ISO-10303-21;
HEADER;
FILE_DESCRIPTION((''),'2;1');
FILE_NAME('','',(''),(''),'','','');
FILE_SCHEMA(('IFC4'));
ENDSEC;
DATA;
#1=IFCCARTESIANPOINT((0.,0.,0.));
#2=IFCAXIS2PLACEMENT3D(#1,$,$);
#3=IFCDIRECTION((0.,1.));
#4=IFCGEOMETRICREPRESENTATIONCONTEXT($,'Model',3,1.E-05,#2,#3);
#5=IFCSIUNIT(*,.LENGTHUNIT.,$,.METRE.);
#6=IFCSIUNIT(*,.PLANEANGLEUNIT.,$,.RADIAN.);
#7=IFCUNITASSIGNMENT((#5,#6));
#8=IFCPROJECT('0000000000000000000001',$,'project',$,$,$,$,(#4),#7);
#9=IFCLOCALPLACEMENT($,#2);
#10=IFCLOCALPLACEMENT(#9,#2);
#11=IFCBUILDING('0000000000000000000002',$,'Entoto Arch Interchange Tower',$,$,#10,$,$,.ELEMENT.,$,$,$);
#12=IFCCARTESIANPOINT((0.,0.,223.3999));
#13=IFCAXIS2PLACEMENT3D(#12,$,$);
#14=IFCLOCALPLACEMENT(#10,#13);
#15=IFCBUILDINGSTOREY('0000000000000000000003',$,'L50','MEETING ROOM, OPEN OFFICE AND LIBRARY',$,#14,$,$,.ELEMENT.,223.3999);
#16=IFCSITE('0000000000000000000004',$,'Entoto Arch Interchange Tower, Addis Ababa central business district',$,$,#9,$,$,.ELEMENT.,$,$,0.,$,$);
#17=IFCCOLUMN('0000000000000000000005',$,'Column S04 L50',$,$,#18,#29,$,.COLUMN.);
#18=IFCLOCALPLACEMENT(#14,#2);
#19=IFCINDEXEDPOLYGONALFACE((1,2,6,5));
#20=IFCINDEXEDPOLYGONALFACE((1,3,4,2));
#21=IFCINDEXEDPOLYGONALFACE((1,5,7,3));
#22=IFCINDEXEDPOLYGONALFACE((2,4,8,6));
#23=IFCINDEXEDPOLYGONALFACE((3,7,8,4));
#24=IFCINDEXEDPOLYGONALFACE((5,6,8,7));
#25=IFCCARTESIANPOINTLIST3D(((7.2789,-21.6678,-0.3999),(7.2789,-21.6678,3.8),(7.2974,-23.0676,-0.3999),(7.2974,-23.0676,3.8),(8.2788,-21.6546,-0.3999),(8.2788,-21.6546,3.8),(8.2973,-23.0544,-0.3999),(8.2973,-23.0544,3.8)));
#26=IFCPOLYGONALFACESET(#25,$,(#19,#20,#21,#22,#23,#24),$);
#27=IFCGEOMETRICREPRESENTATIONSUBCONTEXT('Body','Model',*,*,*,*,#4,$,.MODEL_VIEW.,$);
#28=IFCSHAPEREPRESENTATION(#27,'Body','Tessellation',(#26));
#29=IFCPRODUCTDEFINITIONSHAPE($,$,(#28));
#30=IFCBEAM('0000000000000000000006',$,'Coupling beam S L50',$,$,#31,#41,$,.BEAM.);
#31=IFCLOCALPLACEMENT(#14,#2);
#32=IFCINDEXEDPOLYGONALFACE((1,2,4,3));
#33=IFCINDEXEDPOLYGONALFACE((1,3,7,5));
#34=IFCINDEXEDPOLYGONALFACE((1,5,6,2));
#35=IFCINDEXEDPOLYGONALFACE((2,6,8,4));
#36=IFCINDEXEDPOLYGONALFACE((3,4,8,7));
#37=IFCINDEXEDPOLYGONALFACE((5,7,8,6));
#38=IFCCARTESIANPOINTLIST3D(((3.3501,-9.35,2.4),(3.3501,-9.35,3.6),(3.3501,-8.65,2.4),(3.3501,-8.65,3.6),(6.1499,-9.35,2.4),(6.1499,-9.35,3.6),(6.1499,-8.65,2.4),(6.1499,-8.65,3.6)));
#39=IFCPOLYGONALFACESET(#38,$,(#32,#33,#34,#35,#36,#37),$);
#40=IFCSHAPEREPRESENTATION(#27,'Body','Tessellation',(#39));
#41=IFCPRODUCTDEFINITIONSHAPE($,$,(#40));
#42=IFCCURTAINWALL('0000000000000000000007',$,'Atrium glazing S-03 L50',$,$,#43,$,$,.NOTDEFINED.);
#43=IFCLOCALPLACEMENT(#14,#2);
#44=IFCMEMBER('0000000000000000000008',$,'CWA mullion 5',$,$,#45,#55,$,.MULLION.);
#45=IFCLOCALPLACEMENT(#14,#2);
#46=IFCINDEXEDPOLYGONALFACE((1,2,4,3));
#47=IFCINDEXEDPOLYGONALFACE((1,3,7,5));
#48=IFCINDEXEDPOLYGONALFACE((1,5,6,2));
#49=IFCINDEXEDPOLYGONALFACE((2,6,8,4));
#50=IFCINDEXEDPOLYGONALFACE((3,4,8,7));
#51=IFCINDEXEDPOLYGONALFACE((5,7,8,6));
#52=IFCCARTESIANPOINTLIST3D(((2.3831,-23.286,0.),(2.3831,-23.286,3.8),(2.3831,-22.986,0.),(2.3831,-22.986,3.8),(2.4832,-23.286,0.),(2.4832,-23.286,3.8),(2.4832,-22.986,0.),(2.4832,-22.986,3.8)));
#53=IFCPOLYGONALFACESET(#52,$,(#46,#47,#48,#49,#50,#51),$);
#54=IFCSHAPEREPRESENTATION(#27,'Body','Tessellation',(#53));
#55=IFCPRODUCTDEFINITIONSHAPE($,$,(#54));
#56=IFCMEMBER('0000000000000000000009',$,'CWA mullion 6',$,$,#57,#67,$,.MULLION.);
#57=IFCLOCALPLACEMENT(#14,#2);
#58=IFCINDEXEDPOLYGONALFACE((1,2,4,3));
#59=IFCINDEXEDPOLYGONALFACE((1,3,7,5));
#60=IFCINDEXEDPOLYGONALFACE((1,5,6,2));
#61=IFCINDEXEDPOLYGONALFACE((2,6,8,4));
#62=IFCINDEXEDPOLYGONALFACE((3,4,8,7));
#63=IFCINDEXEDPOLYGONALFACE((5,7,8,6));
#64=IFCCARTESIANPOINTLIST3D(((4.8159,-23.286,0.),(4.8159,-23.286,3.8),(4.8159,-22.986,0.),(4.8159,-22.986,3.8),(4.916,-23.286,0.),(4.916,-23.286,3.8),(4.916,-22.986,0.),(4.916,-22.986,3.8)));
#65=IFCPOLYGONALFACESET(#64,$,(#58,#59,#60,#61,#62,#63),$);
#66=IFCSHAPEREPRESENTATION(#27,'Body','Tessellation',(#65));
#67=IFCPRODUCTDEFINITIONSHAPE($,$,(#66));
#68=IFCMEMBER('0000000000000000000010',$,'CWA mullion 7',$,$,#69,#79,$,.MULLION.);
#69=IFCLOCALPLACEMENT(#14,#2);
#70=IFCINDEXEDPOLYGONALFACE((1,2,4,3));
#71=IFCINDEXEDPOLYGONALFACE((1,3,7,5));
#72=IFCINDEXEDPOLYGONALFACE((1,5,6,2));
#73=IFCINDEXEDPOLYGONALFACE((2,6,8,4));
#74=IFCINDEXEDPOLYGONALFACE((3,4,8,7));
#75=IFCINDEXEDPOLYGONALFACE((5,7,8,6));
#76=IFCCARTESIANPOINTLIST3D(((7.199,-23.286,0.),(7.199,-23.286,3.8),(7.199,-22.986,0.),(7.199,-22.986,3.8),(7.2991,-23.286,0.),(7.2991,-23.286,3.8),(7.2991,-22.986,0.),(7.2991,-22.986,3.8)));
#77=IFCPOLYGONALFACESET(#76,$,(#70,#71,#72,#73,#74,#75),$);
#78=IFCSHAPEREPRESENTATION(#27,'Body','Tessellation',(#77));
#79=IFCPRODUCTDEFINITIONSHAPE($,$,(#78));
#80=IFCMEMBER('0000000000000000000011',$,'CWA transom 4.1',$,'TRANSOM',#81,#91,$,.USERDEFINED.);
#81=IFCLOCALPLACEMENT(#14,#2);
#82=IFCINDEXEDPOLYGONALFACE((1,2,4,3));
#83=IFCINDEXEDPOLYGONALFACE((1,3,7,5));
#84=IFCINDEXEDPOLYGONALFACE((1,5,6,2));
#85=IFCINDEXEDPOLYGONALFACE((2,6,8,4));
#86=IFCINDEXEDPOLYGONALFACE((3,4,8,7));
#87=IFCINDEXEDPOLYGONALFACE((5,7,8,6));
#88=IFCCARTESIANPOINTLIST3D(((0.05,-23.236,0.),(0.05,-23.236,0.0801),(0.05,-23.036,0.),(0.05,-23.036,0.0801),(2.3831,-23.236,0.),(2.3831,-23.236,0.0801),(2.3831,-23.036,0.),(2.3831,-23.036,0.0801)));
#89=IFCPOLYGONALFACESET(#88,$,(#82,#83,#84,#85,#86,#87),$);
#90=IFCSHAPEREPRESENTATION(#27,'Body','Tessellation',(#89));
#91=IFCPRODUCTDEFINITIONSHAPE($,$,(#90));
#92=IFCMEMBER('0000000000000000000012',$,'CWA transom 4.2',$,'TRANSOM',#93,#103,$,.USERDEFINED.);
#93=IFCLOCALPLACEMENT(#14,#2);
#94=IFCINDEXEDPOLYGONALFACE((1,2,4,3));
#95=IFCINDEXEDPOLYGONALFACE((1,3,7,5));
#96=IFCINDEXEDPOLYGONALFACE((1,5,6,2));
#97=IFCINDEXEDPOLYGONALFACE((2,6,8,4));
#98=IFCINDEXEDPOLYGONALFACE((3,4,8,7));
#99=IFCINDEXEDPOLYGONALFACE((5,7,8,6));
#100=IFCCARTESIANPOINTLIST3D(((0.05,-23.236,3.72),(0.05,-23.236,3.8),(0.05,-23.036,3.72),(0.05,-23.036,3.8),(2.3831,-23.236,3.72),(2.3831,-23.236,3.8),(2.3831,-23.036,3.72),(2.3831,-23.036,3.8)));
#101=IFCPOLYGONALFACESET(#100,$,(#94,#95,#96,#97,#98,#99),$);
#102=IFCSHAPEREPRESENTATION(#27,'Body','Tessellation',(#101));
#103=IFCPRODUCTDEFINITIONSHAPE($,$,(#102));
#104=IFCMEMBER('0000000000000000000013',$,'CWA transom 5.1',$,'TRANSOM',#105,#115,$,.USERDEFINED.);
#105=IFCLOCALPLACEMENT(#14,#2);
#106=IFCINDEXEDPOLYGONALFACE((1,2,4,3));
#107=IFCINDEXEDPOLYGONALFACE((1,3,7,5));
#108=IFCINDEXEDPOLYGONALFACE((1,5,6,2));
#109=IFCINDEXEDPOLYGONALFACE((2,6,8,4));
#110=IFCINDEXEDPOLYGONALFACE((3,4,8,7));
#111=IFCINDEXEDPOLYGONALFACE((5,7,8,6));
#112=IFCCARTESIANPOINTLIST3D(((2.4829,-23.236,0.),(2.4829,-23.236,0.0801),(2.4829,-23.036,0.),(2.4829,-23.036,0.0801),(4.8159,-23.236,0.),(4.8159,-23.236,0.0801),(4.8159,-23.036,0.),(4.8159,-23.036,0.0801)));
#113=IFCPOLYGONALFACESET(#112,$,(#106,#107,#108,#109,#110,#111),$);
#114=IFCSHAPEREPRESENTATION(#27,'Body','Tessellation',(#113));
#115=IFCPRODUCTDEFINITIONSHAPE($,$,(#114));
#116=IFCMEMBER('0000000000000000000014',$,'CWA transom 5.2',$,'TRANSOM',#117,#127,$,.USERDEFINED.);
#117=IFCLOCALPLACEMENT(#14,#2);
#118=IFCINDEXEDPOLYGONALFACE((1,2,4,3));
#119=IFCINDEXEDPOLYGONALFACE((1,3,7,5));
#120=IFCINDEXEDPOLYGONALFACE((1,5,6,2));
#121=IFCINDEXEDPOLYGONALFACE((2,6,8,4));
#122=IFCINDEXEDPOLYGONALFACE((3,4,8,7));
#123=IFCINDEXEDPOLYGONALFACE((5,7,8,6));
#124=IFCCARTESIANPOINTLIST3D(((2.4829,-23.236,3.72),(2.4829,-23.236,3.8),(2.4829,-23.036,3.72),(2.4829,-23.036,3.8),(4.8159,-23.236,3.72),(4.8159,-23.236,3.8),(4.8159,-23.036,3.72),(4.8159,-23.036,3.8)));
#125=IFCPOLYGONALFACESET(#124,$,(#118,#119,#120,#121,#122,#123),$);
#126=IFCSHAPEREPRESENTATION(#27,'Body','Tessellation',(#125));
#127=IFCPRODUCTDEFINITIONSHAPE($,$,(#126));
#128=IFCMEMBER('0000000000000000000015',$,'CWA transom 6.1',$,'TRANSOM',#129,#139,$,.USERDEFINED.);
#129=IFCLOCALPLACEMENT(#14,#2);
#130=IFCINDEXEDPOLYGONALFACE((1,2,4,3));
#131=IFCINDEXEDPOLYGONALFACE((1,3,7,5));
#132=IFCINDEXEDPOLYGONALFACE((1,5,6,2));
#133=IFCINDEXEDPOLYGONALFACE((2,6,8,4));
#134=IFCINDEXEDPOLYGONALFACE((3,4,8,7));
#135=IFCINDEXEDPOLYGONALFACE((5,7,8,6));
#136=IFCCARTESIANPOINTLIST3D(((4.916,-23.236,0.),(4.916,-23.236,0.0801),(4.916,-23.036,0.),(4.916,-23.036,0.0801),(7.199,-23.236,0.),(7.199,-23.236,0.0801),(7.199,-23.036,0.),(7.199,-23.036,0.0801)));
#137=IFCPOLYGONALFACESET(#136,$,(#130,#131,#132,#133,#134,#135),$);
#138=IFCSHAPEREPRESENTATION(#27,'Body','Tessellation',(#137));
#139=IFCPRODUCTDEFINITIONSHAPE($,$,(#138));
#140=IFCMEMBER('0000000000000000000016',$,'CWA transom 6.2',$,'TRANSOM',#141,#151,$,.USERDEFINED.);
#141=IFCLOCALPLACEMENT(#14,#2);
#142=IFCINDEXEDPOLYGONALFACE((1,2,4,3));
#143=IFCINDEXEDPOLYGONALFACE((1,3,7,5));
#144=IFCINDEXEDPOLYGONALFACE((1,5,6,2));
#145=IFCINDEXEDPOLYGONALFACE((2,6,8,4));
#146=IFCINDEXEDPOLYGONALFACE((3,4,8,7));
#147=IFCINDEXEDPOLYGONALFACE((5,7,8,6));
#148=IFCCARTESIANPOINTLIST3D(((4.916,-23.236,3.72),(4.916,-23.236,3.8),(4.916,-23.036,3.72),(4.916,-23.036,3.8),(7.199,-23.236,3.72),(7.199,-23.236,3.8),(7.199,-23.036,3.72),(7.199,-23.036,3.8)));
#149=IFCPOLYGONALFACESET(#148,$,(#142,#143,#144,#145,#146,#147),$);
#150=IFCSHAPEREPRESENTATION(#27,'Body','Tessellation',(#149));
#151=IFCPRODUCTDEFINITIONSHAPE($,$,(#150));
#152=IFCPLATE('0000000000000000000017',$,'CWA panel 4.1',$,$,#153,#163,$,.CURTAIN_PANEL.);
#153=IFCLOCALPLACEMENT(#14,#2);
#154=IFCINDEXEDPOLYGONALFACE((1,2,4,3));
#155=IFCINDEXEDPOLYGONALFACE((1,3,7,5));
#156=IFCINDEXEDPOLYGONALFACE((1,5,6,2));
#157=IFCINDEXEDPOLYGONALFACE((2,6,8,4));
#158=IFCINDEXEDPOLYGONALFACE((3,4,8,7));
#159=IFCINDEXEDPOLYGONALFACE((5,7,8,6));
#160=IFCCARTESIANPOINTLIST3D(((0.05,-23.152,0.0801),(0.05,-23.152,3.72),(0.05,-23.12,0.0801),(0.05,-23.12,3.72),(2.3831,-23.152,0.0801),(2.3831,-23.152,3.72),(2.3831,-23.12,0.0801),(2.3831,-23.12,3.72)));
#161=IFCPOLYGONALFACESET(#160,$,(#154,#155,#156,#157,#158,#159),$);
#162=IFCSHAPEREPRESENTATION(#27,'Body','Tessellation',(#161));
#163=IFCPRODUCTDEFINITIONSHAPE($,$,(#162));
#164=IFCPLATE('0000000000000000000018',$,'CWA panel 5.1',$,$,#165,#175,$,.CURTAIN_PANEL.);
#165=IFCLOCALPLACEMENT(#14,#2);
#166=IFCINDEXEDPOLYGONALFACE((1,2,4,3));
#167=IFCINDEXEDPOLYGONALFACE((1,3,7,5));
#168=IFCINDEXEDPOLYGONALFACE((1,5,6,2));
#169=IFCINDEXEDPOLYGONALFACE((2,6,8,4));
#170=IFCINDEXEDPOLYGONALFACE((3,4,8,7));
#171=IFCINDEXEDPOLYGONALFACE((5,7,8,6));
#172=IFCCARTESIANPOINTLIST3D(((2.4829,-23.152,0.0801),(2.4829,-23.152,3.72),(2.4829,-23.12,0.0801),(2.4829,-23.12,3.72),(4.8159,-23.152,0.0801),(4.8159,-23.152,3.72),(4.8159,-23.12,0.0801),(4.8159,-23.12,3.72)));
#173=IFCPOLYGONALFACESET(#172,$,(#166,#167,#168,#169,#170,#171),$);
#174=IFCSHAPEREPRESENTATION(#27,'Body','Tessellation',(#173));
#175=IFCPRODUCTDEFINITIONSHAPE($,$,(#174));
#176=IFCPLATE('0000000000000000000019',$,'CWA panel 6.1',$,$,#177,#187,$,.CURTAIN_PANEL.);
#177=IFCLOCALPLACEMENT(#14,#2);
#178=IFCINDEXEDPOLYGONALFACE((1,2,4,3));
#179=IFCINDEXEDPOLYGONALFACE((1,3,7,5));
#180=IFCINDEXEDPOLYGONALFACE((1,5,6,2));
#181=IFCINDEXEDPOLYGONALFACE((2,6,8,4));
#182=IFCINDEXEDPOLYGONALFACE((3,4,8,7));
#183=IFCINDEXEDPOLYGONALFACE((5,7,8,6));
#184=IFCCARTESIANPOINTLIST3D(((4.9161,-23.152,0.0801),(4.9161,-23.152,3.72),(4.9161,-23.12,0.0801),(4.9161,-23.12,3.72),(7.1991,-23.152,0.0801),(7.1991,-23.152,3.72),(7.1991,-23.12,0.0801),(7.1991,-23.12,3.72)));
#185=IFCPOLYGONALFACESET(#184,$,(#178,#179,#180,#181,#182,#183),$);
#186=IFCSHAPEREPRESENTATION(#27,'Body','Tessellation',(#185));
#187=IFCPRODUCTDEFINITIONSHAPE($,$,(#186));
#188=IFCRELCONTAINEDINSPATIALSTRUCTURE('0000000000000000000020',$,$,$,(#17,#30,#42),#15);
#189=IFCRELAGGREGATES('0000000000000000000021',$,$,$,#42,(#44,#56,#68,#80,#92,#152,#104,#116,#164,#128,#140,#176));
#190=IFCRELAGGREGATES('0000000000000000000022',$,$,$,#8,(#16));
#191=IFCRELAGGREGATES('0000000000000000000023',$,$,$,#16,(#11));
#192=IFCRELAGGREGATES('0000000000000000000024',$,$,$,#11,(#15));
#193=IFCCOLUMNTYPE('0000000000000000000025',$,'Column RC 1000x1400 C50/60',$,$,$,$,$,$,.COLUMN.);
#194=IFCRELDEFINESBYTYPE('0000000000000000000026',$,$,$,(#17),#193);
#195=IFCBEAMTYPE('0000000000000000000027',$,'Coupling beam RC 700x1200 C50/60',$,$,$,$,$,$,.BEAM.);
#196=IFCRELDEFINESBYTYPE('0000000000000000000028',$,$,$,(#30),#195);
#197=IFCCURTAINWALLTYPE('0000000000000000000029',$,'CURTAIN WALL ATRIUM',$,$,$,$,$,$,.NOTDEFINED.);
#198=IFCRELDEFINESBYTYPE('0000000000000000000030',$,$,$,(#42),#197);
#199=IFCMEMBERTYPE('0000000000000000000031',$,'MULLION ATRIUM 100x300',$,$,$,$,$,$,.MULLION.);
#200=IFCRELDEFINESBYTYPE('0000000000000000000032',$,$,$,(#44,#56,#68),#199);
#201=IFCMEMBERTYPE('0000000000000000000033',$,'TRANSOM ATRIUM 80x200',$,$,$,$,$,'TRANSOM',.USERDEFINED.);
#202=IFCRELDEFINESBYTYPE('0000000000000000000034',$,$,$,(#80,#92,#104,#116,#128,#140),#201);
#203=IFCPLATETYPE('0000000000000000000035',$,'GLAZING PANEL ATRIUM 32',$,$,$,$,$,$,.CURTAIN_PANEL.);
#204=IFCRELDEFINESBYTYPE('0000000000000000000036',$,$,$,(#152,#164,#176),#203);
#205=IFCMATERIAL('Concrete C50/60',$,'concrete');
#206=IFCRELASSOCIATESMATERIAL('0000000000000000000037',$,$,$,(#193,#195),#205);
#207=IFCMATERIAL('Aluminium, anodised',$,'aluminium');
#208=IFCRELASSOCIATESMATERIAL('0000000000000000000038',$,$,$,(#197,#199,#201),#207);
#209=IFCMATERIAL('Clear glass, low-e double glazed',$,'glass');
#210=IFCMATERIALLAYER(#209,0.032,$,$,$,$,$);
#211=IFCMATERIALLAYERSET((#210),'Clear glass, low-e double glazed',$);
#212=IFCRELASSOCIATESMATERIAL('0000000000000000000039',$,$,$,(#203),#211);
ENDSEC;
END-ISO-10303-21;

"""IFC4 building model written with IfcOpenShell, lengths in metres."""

from ifc_helpers import new_model, si_unit, direction, frame, origin, origin_2d, place, context, subcontext, project, spatial, rectangle, extrude, material, layer, layer_set, material_profile, profile_set, type_object, element, aggregate, save


model = new_model("IFC4")

# Units and contexts
model_context = context("Model", 3, precision=1e-05, world=origin(), true_north=direction((0.0, 1.0)))
body_context = subcontext(model_context, "Body", "Model", "MODEL_VIEW")
ifc_project = project(units=[si_unit("LENGTHUNIT", "METRE"), si_unit("PLANEANGLEUNIT", "RADIAN")], contexts=[model_context])

# Site, building, storey
site_placement = place(None, origin())
site = spatial("IfcSite", under=ifc_project, at=site_placement, Name="Entoto Arch Interchange Tower, Addis Ababa central business district", CompositionType="ELEMENT", RefElevation=0.0)
building_placement = place(site_placement, origin())
building = spatial("IfcBuilding", under=site, at=building_placement, Name="Entoto Arch Interchange Tower", CompositionType="ELEMENT")
storey_placement = place(building_placement, frame((0.0, 0.0, 223.3999)))
storey = spatial("IfcBuildingStorey", under=building, at=storey_placement, Name="L50", Description="MEETING ROOM, OPEN OFFICE AND LIBRARY", CompositionType="ELEMENT", Elevation=223.3999)

# Column
ifc_material_1 = material(Name="Concrete C50/60", Category="concrete")
ifc_material_profile_1 = material_profile(ifc_material_1, rectangle(XDim=1.0, YDim=1.3999, at=origin_2d()))
ifc_profile_set_1 = profile_set([ifc_material_profile_1], Name="Concrete C50/60")
column_type = type_object("IfcColumnType", Name="Column RC 1000x1400 C50/60", PredefinedType="COLUMN", material=ifc_profile_set_1)
column_placement = place(storey_placement, frame((7.7881, -22.3611, -0.3999), z_axis=(0.0, 0.0, 1.0), x_axis=(0.999913, 0.013177, 0.0)))
element("IfcColumn", 1, at=column_placement, inside=storey, type_object=column_type, Name="Column S04 L50", PredefinedType="COLUMN", context=body_context, shape_type="SweptSolid", body=[
    extrude(rectangle(XDim=1.0, YDim=1.3999, at=origin_2d()), origin(), (0.0, 0.0, 1.0), 4.2),
])

# Beam
ifc_material_profile_2 = material_profile(ifc_material_1, rectangle(XDim=0.7, YDim=1.2, at=origin_2d()))
ifc_profile_set_2 = profile_set([ifc_material_profile_2], Name="Concrete C50/60")
beam_type = type_object("IfcBeamType", Name="Coupling beam RC 700x1200 C50/60", PredefinedType="BEAM", material=ifc_profile_set_2)
beam_placement = place(storey_placement, frame((3.3501, -9.0, 3.0), z_axis=(1.0, 0.0, 0.0), x_axis=(0.0, 1.0, 0.0)))
element("IfcBeam", 2, at=beam_placement, inside=storey, type_object=beam_type, Name="Coupling beam S L50", PredefinedType="BEAM", context=body_context, shape_type="SweptSolid", body=[
    extrude(rectangle(XDim=0.7, YDim=1.2, at=origin_2d()), origin(), (0.0, 0.0, 1.0), 2.7998),
])

# Curtain wall, members, plates
ifc_material_2 = material(Name="Aluminium, anodised", Category="aluminium")
curtain_wall_type = type_object("IfcCurtainWallType", Name="CURTAIN WALL ATRIUM", PredefinedType="NOTDEFINED", material=ifc_material_2)
curtain_wall_placement = place(storey_placement, origin())
curtain_wall = element("IfcCurtainWall", 3, at=curtain_wall_placement, inside=storey, type_object=curtain_wall_type, Name="Atrium glazing S-03 L50", PredefinedType="NOTDEFINED")
ifc_material_profile_3 = material_profile(ifc_material_2, rectangle(XDim=0.3, YDim=0.1001, at=origin_2d()))
ifc_profile_set_3 = profile_set([ifc_material_profile_3], Name="Aluminium, anodised")
member_type_1 = type_object("IfcMemberType", Name="MULLION ATRIUM 100x300", PredefinedType="MULLION", material=ifc_profile_set_3)
member_1_placement = place(storey_placement, frame((2.4331, -23.136, 0.0), z_axis=(0.0, 0.0, 1.0), x_axis=(0.0, 1.0, 0.0)))
member_1 = element("IfcMember", 4, at=member_1_placement, type_object=member_type_1, Name="CWA mullion 5", PredefinedType="MULLION", context=body_context, shape_type="SweptSolid", body=[
    extrude(rectangle(XDim=0.3, YDim=0.1001, at=origin_2d()), origin(), (0.0, 0.0, 1.0), 3.8),
])
member_2_placement = place(storey_placement, frame((4.866, -23.136, 0.0), z_axis=(0.0, 0.0, 1.0), x_axis=(0.0, 1.0, 0.0)))
member_2 = element("IfcMember", 5, at=member_2_placement, type_object=member_type_1, Name="CWA mullion 6", PredefinedType="MULLION", context=body_context, shape_type="SweptSolid", body=[
    extrude(rectangle(XDim=0.3, YDim=0.1001, at=origin_2d()), origin(), (0.0, 0.0, 1.0), 3.8),
])
member_3_placement = place(storey_placement, frame((7.249, -23.136, 0.0), z_axis=(0.0, 0.0, 1.0), x_axis=(0.0, 1.0, 0.0)))
member_3 = element("IfcMember", 6, at=member_3_placement, type_object=member_type_1, Name="CWA mullion 7", PredefinedType="MULLION", context=body_context, shape_type="SweptSolid", body=[
    extrude(rectangle(XDim=0.3, YDim=0.1001, at=origin_2d()), origin(), (0.0, 0.0, 1.0), 3.8),
])
ifc_material_profile_4 = material_profile(ifc_material_2, rectangle(XDim=0.2, YDim=0.0801, at=origin_2d()))
ifc_profile_set_4 = profile_set([ifc_material_profile_4], Name="Aluminium, anodised")
member_type_2 = type_object("IfcMemberType", Name="TRANSOM ATRIUM 80x200", ElementType="TRANSOM", PredefinedType="USERDEFINED", material=ifc_profile_set_4)
member_4_placement = place(storey_placement, frame((0.05, -23.136, 0.04), z_axis=(1.0, 0.0, 0.0), x_axis=(0.0, 1.0, 0.0)))
member_4 = element("IfcMember", 7, at=member_4_placement, type_object=member_type_2, Name="CWA transom 4.1", ObjectType="TRANSOM", PredefinedType="USERDEFINED", context=body_context, shape_type="SweptSolid", body=[
    extrude(rectangle(XDim=0.2, YDim=0.0801, at=origin_2d()), origin(), (0.0, 0.0, 1.0), 2.333),
])
member_5_placement = place(storey_placement, frame((0.05, -23.136, 3.76), z_axis=(1.0, 0.0, 0.0), x_axis=(0.0, 1.0, 0.0)))
member_5 = element("IfcMember", 8, at=member_5_placement, type_object=member_type_2, Name="CWA transom 4.2", ObjectType="TRANSOM", PredefinedType="USERDEFINED", context=body_context, shape_type="SweptSolid", body=[
    extrude(rectangle(XDim=0.2, YDim=0.0801, at=origin_2d()), origin(), (0.0, 0.0, 1.0), 2.333),
])
member_6_placement = place(storey_placement, frame((2.4829, -23.136, 0.04), z_axis=(1.0, 0.0, 0.0), x_axis=(0.0, 1.0, 0.0)))
member_6 = element("IfcMember", 9, at=member_6_placement, type_object=member_type_2, Name="CWA transom 5.1", ObjectType="TRANSOM", PredefinedType="USERDEFINED", context=body_context, shape_type="SweptSolid", body=[
    extrude(rectangle(XDim=0.2, YDim=0.0801, at=origin_2d()), origin(), (0.0, 0.0, 1.0), 2.333),
])
member_7_placement = place(storey_placement, frame((2.4829, -23.136, 3.76), z_axis=(1.0, 0.0, 0.0), x_axis=(0.0, 1.0, 0.0)))
member_7 = element("IfcMember", 10, at=member_7_placement, type_object=member_type_2, Name="CWA transom 5.2", ObjectType="TRANSOM", PredefinedType="USERDEFINED", context=body_context, shape_type="SweptSolid", body=[
    extrude(rectangle(XDim=0.2, YDim=0.0801, at=origin_2d()), origin(), (0.0, 0.0, 1.0), 2.333),
])
member_8_placement = place(storey_placement, frame((4.916, -23.136, 0.04), z_axis=(1.0, 0.0, 0.0), x_axis=(0.0, 1.0, 0.0)))
member_8 = element("IfcMember", 11, at=member_8_placement, type_object=member_type_2, Name="CWA transom 6.1", ObjectType="TRANSOM", PredefinedType="USERDEFINED", context=body_context, shape_type="SweptSolid", body=[
    extrude(rectangle(XDim=0.2, YDim=0.0801, at=origin_2d()), origin(), (0.0, 0.0, 1.0), 2.283),
])
member_9_placement = place(storey_placement, frame((4.916, -23.136, 3.76), z_axis=(1.0, 0.0, 0.0), x_axis=(0.0, 1.0, 0.0)))
member_9 = element("IfcMember", 12, at=member_9_placement, type_object=member_type_2, Name="CWA transom 6.2", ObjectType="TRANSOM", PredefinedType="USERDEFINED", context=body_context, shape_type="SweptSolid", body=[
    extrude(rectangle(XDim=0.2, YDim=0.0801, at=origin_2d()), origin(), (0.0, 0.0, 1.0), 2.283),
])
ifc_material_3 = material(Name="Clear glass, low-e double glazed", Category="glass")
ifc_layer_1 = layer(ifc_material_3, 0.032)
ifc_layer_set_1 = layer_set([ifc_layer_1], Name="Clear glass, low-e double glazed")
plate_type = type_object("IfcPlateType", Name="GLAZING PANEL ATRIUM 32", PredefinedType="CURTAIN_PANEL", material=ifc_layer_set_1)
plate_1_placement = place(storey_placement, frame((1.2166, -23.136, 0.0801), z_axis=(0.0, 0.0, 1.0), x_axis=(1.0, 0.0, 0.0)))
plate_1 = element("IfcPlate", 13, at=plate_1_placement, type_object=plate_type, Name="CWA panel 4.1", PredefinedType="CURTAIN_PANEL", context=body_context, shape_type="SweptSolid", body=[
    extrude(rectangle(XDim=2.333, YDim=0.032, at=origin_2d()), origin(), (0.0, 0.0, 1.0), 3.6399),
])
plate_2_placement = place(storey_placement, frame((3.6494, -23.136, 0.0801), z_axis=(0.0, 0.0, 1.0), x_axis=(1.0, 0.0, 0.0)))
plate_2 = element("IfcPlate", 14, at=plate_2_placement, type_object=plate_type, Name="CWA panel 5.1", PredefinedType="CURTAIN_PANEL", context=body_context, shape_type="SweptSolid", body=[
    extrude(rectangle(XDim=2.333, YDim=0.032, at=origin_2d()), origin(), (0.0, 0.0, 1.0), 3.6399),
])
plate_3_placement = place(storey_placement, frame((6.0576, -23.136, 0.0801), z_axis=(0.0, 0.0, 1.0), x_axis=(1.0, 0.0, 0.0)))
plate_3 = element("IfcPlate", 15, at=plate_3_placement, type_object=plate_type, Name="CWA panel 6.1", PredefinedType="CURTAIN_PANEL", context=body_context, shape_type="SweptSolid", body=[
    extrude(rectangle(XDim=2.283, YDim=0.032, at=origin_2d()), origin(), (0.0, 0.0, 1.0), 3.6399),
])
aggregate(curtain_wall, [member_1, member_2, member_3, member_4, member_5, plate_1, member_6, member_7, plate_2, member_8, member_9, plate_3])

save(model, "model.ifc")
